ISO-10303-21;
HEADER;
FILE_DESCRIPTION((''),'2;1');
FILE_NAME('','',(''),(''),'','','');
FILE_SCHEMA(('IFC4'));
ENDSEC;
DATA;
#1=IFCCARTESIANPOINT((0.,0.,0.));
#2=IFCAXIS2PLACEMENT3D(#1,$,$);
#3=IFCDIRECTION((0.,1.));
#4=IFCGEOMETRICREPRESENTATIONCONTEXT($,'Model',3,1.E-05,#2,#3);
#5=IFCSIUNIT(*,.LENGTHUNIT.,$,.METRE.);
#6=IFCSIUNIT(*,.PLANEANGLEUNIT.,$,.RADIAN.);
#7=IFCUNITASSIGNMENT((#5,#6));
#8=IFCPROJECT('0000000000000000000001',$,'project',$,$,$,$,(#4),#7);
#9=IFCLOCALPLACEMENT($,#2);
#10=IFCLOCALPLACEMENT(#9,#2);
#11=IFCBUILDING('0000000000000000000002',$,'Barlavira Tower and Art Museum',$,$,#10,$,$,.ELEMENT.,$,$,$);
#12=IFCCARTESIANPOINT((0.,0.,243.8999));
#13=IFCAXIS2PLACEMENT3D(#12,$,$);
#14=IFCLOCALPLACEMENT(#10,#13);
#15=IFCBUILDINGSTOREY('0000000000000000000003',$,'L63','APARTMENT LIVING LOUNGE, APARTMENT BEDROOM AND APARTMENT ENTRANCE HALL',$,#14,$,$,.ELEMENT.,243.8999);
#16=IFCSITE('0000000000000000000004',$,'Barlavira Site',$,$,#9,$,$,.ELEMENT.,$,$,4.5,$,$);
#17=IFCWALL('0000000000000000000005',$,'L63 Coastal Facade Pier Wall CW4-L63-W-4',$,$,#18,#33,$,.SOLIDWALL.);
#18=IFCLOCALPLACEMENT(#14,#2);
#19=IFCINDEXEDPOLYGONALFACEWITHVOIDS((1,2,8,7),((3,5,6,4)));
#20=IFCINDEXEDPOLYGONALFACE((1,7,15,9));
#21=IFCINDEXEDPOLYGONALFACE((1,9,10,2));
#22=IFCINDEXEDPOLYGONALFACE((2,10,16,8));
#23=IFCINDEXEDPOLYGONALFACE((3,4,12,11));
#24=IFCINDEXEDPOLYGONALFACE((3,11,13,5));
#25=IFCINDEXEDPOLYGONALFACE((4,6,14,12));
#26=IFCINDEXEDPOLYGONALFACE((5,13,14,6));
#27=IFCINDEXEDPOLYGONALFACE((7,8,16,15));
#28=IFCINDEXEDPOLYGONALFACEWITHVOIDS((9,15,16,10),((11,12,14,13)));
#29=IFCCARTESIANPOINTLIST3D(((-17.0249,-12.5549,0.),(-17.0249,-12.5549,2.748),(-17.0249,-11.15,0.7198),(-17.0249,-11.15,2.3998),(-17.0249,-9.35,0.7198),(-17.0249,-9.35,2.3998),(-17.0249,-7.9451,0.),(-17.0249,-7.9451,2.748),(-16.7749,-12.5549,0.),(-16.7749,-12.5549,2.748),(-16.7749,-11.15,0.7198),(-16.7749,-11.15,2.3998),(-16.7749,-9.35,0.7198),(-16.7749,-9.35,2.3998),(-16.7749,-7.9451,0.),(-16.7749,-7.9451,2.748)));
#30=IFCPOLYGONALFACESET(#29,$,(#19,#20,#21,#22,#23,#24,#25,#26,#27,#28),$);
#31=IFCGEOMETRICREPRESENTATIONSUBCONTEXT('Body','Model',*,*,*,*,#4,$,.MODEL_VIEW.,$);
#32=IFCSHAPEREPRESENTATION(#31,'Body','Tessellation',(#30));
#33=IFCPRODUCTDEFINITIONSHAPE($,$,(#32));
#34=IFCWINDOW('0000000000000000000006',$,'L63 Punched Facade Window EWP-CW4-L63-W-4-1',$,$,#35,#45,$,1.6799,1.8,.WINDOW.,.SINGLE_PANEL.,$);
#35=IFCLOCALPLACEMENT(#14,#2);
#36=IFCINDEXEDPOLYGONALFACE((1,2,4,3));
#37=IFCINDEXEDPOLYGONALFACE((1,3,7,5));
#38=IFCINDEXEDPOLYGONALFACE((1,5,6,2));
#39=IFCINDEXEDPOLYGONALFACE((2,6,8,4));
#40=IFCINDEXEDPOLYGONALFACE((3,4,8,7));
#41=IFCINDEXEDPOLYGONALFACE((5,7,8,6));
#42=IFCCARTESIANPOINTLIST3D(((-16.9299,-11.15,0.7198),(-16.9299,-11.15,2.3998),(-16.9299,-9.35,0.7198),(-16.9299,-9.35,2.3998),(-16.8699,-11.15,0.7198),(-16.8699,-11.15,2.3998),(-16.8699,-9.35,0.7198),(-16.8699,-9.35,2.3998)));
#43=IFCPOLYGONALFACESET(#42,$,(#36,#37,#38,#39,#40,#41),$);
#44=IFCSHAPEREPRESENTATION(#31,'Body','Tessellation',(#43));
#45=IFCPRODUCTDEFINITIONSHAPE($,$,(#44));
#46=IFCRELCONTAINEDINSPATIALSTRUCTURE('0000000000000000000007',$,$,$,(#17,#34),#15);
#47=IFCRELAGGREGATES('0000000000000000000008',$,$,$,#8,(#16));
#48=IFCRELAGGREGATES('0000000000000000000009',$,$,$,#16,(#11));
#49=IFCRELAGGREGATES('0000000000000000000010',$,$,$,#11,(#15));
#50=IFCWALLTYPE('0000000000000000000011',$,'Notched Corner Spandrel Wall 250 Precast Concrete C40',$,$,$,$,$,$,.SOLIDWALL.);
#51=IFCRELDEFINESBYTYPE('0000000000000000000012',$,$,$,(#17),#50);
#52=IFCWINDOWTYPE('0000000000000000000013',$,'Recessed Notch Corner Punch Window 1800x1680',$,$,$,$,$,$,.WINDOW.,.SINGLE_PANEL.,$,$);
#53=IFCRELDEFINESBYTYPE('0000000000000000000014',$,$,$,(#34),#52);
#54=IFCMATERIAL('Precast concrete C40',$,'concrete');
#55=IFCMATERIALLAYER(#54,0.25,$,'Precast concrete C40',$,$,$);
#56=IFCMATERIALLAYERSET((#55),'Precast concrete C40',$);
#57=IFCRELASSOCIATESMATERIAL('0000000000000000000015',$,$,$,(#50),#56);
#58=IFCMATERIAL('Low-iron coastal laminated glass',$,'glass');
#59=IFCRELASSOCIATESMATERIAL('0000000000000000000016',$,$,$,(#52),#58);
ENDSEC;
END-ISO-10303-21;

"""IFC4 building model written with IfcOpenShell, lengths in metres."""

from ifc_helpers import new_model, si_unit, direction, frame, frame_2d, origin, place, context, subcontext, project, spatial, rectangle, extrude, material, layer, layer_set, type_object, element, fill, save


model = new_model("IFC4")

# Units and contexts
model_context = context("Model", 3, precision=1e-05, world=origin(), true_north=direction((0.0, 1.0)))
body_context = subcontext(model_context, "Body", "Model", "MODEL_VIEW")
ifc_project = project(units=[si_unit("LENGTHUNIT", "METRE"), si_unit("PLANEANGLEUNIT", "RADIAN")], contexts=[model_context])

# Site, building, storey
site_placement = place(None, origin())
site = spatial("IfcSite", under=ifc_project, at=site_placement, Name="Barlavira Site", CompositionType="ELEMENT", RefElevation=4.5)
building_placement = place(site_placement, origin())
building = spatial("IfcBuilding", under=site, at=building_placement, Name="Barlavira Tower and Art Museum", CompositionType="ELEMENT")
storey_placement = place(building_placement, frame((0.0, 0.0, 243.8999)))
storey = spatial("IfcBuildingStorey", under=building, at=storey_placement, Name="L63", Description="APARTMENT LIVING LOUNGE, APARTMENT BEDROOM AND APARTMENT ENTRANCE HALL", CompositionType="ELEMENT", Elevation=243.8999)

# Shared definitions
ifc_material_1 = material(Name="Low-iron coastal laminated glass", Category="glass")

# Wall, opening, window
ifc_material_2 = material(Name="Precast concrete C40", Category="concrete")
ifc_layer_1 = layer(ifc_material_2, 0.25, Name="Precast concrete C40")
ifc_layer_set_1 = layer_set([ifc_layer_1], Name="Precast concrete C40")
wall_type_1 = type_object("IfcWallType", Name="Notched Corner Spandrel Wall 250 Precast Concrete C40", PredefinedType="SOLIDWALL", material=ifc_layer_set_1)
wall_1_placement = place(storey_placement, frame((-16.8999, -7.9451, 0.0), z_axis=(0.0, 0.0, 1.0), x_axis=(0.0, -1.0, 0.0)))
wall_1 = element("IfcWall", 1, at=wall_1_placement, inside=storey, type_object=wall_type_1, Name="L63 Coastal Facade Pier Wall CW4-L63-W-4", PredefinedType="SOLIDWALL", context=body_context, shape_type="SweptSolid", body=[
    extrude(rectangle(XDim=4.6099, YDim=0.25, at=frame_2d((2.3049, 0.0))), origin(), (0.0, 0.0, 1.0), 2.748),
])
opening_1_placement = place(wall_1_placement, frame((1.405, 0.0, 0.72)))
opening_1 = element("IfcOpeningElement", 2, at=opening_1_placement, cuts=wall_1, PredefinedType="OPENING", context=body_context, shape_type="SweptSolid", body=[
    extrude(rectangle(XDim=1.8, YDim=1.6799, at=frame_2d((0.8999, 0.8398))), frame((0.0, 0.135, 0.0), z_axis=(0.0, -1.0, 0.0), x_axis=(1.0, 0.0, 0.0)), (0.0, 0.0, 1.0), 0.27),
])
window_type = type_object("IfcWindowType", Name="Recessed Notch Corner Punch Window 1800x1680", PartitioningType="SINGLE_PANEL", PredefinedType="WINDOW", material=ifc_material_1)
window_placement = place(opening_1_placement, origin())
window = element("IfcWindow", 3, at=window_placement, inside=storey, type_object=window_type, Name="L63 Punched Facade Window EWP-CW4-L63-W-4-1", OverallHeight=1.6799, OverallWidth=1.8, PartitioningType="SINGLE_PANEL", PredefinedType="WINDOW", context=body_context, shape_type="SweptSolid", body=[
    extrude(rectangle(XDim=1.8, YDim=1.6799, at=frame_2d((0.8999, 0.8398))), frame((0.0, 0.03, 0.0), z_axis=(0.0, -1.0, 0.0), x_axis=(1.0, 0.0, 0.0)), (0.0, 0.0, 1.0), 0.0601),
])
fill(opening_1, window)

save(model, "model.ifc")
